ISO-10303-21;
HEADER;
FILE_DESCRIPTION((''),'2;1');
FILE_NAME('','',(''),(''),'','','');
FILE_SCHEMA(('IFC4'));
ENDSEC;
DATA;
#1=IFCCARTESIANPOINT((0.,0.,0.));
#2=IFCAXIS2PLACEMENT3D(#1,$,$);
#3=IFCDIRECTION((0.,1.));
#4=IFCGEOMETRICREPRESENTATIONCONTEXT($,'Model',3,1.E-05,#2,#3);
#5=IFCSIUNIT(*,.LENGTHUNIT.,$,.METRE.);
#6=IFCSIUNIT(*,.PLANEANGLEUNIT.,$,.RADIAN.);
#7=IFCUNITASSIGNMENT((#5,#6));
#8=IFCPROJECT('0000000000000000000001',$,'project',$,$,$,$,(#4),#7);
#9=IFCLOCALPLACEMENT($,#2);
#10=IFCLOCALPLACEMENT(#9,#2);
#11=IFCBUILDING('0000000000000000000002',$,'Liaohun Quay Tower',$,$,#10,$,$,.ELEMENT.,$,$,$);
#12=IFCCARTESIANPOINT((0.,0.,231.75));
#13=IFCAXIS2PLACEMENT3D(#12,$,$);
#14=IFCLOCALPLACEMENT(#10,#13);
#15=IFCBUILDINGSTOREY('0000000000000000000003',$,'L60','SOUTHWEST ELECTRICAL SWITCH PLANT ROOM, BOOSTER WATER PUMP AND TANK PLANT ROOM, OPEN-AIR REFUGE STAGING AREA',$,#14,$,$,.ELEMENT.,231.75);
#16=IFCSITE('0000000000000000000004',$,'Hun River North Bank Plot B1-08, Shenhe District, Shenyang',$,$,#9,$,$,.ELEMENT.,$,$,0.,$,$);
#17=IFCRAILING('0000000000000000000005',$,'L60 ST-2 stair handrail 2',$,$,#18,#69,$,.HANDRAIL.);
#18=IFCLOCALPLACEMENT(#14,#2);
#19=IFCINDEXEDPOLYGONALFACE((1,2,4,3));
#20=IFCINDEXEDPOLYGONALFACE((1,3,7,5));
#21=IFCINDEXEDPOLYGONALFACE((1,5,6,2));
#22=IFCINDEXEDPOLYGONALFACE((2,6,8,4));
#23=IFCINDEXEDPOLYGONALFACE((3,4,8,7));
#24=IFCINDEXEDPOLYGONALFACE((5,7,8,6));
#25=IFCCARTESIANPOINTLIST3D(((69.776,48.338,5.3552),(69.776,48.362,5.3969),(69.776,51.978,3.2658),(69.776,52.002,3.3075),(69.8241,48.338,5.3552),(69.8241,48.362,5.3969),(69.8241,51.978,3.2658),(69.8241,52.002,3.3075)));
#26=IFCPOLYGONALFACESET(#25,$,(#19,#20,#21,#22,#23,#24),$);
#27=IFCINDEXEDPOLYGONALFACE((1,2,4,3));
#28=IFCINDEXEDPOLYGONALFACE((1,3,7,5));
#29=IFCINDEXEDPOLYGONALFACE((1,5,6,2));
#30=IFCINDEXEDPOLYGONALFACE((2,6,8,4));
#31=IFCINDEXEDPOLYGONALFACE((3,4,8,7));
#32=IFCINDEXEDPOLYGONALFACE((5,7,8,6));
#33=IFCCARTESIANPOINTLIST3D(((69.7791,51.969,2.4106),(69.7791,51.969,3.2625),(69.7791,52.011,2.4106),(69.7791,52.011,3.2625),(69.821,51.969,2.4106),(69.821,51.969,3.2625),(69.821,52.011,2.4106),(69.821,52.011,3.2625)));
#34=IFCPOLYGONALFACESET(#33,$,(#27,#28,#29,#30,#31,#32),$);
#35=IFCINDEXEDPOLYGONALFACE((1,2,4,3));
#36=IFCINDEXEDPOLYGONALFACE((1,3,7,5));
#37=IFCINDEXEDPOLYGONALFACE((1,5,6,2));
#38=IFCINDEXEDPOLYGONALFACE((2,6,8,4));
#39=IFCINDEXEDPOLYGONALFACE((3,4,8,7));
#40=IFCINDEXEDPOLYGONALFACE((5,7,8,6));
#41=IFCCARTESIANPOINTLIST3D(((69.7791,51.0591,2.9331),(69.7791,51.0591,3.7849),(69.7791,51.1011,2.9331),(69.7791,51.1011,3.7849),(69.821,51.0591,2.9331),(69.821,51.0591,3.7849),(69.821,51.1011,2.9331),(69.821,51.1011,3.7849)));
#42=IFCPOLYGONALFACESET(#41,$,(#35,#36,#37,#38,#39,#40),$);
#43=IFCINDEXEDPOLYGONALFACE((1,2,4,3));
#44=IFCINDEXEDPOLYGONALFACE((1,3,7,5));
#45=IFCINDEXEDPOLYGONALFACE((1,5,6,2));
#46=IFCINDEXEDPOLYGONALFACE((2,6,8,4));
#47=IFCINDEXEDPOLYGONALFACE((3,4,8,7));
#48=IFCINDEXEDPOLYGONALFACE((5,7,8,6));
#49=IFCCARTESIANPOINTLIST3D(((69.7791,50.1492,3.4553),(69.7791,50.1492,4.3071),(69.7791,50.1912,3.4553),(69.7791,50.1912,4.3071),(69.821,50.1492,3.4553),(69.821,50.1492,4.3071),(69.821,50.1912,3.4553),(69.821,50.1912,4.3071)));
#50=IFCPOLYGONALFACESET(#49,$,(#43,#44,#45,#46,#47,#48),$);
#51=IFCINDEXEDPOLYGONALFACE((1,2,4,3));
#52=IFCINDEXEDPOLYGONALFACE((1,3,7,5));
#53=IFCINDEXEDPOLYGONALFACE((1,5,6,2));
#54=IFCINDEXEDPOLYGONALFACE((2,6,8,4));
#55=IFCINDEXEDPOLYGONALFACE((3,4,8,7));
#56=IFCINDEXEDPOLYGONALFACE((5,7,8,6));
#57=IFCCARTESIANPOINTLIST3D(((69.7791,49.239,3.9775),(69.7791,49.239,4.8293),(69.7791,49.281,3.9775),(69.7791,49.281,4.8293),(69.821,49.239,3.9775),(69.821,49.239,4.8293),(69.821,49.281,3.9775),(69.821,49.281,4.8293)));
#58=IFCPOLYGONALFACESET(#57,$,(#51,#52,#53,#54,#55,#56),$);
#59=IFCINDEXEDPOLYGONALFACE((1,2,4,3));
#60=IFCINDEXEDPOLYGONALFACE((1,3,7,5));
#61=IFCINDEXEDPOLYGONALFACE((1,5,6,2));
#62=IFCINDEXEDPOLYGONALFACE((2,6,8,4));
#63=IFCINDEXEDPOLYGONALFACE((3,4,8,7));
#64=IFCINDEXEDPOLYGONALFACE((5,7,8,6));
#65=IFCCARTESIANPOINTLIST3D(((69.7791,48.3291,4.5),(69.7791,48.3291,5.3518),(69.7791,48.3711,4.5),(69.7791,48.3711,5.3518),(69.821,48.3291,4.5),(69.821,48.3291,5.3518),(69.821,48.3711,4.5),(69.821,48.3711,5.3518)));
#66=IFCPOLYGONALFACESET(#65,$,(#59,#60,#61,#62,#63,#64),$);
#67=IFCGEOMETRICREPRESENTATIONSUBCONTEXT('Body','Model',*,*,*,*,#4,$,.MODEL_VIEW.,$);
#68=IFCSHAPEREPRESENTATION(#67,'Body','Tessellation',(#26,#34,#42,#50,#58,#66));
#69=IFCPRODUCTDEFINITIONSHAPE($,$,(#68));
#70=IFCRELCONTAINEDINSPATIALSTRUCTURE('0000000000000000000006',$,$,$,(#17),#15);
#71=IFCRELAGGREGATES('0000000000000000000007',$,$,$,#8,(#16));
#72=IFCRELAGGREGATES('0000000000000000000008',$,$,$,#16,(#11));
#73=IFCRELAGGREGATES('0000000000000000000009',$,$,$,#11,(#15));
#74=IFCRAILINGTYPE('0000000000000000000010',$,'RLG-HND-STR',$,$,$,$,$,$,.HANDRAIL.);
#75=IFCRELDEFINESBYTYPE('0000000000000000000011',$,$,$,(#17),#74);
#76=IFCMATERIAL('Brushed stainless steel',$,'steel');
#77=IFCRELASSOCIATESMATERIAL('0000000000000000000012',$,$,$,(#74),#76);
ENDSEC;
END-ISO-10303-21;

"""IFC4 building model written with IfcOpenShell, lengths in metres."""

from ifc_helpers import new_model, si_unit, direction, frame, origin, origin_2d, place, context, subcontext, project, spatial, rectangle, extrude, material, type_object, element, save


model = new_model("IFC4")

# Units and contexts
model_context = context("Model", 3, precision=1e-05, world=origin(), true_north=direction((0.0, 1.0)))
body_context = subcontext(model_context, "Body", "Model", "MODEL_VIEW")
ifc_project = project(units=[si_unit("LENGTHUNIT", "METRE"), si_unit("PLANEANGLEUNIT", "RADIAN")], contexts=[model_context])

# Site, building, storey
site_placement = place(None, origin())
site = spatial("IfcSite", under=ifc_project, at=site_placement, Name="Hun River North Bank Plot B1-08, Shenhe District, Shenyang", CompositionType="ELEMENT", RefElevation=0.0)
building_placement = place(site_placement, origin())
building = spatial("IfcBuilding", under=site, at=building_placement, Name="Liaohun Quay Tower", CompositionType="ELEMENT")
storey_placement = place(building_placement, frame((0.0, 0.0, 231.75)))
storey = spatial("IfcBuildingStorey", under=building, at=storey_placement, Name="L60", Description="SOUTHWEST ELECTRICAL SWITCH PLANT ROOM, BOOSTER WATER PUMP AND TANK PLANT ROOM, OPEN-AIR REFUGE STAGING AREA", CompositionType="ELEMENT", Elevation=231.75)

# Railing
ifc_material_1 = material(Name="Brushed stainless steel", Category="steel")
railing_type_1 = type_object("IfcRailingType", Name="RLG-HND-STR", PredefinedType="HANDRAIL", material=ifc_material_1)
railing_1_placement = place(storey_placement, frame((69.8, 51.99, 2.4106)))
element("IfcRailing", 1, at=railing_1_placement, inside=storey, type_object=railing_type_1, Name="L60 ST-2 stair handrail 2", PredefinedType="HANDRAIL", context=body_context, shape_type="SweptSolid", body=[
    extrude(rectangle(XDim=0.0481, YDim=0.0481, at=origin_2d()), frame((0.0, 0.0, 0.876), z_axis=(0.0, -0.867275, 0.497829), x_axis=(1.0, 0.0, 0.0)), (0.0, 0.0, 1.0), 4.197),
    extrude(rectangle(XDim=0.042, YDim=0.042, at=origin_2d()), origin(), (0.0, 0.0, 1.0), 0.8518),
    extrude(rectangle(XDim=0.042, YDim=0.042, at=origin_2d()), frame((0.0, -0.9099, 0.5225)), (0.0, 0.0, 1.0), 0.8518),
    extrude(rectangle(XDim=0.042, YDim=0.042, at=origin_2d()), frame((0.0, -1.8198, 1.0447)), (0.0, 0.0, 1.0), 0.8518),
    extrude(rectangle(XDim=0.042, YDim=0.042, at=origin_2d()), frame((0.0, -2.73, 1.5669)), (0.0, 0.0, 1.0), 0.8518),
    extrude(rectangle(XDim=0.042, YDim=0.042, at=origin_2d()), frame((0.0, -3.6399, 2.0894)), (0.0, 0.0, 1.0), 0.8518),
])

save(model, "model.ifc")
